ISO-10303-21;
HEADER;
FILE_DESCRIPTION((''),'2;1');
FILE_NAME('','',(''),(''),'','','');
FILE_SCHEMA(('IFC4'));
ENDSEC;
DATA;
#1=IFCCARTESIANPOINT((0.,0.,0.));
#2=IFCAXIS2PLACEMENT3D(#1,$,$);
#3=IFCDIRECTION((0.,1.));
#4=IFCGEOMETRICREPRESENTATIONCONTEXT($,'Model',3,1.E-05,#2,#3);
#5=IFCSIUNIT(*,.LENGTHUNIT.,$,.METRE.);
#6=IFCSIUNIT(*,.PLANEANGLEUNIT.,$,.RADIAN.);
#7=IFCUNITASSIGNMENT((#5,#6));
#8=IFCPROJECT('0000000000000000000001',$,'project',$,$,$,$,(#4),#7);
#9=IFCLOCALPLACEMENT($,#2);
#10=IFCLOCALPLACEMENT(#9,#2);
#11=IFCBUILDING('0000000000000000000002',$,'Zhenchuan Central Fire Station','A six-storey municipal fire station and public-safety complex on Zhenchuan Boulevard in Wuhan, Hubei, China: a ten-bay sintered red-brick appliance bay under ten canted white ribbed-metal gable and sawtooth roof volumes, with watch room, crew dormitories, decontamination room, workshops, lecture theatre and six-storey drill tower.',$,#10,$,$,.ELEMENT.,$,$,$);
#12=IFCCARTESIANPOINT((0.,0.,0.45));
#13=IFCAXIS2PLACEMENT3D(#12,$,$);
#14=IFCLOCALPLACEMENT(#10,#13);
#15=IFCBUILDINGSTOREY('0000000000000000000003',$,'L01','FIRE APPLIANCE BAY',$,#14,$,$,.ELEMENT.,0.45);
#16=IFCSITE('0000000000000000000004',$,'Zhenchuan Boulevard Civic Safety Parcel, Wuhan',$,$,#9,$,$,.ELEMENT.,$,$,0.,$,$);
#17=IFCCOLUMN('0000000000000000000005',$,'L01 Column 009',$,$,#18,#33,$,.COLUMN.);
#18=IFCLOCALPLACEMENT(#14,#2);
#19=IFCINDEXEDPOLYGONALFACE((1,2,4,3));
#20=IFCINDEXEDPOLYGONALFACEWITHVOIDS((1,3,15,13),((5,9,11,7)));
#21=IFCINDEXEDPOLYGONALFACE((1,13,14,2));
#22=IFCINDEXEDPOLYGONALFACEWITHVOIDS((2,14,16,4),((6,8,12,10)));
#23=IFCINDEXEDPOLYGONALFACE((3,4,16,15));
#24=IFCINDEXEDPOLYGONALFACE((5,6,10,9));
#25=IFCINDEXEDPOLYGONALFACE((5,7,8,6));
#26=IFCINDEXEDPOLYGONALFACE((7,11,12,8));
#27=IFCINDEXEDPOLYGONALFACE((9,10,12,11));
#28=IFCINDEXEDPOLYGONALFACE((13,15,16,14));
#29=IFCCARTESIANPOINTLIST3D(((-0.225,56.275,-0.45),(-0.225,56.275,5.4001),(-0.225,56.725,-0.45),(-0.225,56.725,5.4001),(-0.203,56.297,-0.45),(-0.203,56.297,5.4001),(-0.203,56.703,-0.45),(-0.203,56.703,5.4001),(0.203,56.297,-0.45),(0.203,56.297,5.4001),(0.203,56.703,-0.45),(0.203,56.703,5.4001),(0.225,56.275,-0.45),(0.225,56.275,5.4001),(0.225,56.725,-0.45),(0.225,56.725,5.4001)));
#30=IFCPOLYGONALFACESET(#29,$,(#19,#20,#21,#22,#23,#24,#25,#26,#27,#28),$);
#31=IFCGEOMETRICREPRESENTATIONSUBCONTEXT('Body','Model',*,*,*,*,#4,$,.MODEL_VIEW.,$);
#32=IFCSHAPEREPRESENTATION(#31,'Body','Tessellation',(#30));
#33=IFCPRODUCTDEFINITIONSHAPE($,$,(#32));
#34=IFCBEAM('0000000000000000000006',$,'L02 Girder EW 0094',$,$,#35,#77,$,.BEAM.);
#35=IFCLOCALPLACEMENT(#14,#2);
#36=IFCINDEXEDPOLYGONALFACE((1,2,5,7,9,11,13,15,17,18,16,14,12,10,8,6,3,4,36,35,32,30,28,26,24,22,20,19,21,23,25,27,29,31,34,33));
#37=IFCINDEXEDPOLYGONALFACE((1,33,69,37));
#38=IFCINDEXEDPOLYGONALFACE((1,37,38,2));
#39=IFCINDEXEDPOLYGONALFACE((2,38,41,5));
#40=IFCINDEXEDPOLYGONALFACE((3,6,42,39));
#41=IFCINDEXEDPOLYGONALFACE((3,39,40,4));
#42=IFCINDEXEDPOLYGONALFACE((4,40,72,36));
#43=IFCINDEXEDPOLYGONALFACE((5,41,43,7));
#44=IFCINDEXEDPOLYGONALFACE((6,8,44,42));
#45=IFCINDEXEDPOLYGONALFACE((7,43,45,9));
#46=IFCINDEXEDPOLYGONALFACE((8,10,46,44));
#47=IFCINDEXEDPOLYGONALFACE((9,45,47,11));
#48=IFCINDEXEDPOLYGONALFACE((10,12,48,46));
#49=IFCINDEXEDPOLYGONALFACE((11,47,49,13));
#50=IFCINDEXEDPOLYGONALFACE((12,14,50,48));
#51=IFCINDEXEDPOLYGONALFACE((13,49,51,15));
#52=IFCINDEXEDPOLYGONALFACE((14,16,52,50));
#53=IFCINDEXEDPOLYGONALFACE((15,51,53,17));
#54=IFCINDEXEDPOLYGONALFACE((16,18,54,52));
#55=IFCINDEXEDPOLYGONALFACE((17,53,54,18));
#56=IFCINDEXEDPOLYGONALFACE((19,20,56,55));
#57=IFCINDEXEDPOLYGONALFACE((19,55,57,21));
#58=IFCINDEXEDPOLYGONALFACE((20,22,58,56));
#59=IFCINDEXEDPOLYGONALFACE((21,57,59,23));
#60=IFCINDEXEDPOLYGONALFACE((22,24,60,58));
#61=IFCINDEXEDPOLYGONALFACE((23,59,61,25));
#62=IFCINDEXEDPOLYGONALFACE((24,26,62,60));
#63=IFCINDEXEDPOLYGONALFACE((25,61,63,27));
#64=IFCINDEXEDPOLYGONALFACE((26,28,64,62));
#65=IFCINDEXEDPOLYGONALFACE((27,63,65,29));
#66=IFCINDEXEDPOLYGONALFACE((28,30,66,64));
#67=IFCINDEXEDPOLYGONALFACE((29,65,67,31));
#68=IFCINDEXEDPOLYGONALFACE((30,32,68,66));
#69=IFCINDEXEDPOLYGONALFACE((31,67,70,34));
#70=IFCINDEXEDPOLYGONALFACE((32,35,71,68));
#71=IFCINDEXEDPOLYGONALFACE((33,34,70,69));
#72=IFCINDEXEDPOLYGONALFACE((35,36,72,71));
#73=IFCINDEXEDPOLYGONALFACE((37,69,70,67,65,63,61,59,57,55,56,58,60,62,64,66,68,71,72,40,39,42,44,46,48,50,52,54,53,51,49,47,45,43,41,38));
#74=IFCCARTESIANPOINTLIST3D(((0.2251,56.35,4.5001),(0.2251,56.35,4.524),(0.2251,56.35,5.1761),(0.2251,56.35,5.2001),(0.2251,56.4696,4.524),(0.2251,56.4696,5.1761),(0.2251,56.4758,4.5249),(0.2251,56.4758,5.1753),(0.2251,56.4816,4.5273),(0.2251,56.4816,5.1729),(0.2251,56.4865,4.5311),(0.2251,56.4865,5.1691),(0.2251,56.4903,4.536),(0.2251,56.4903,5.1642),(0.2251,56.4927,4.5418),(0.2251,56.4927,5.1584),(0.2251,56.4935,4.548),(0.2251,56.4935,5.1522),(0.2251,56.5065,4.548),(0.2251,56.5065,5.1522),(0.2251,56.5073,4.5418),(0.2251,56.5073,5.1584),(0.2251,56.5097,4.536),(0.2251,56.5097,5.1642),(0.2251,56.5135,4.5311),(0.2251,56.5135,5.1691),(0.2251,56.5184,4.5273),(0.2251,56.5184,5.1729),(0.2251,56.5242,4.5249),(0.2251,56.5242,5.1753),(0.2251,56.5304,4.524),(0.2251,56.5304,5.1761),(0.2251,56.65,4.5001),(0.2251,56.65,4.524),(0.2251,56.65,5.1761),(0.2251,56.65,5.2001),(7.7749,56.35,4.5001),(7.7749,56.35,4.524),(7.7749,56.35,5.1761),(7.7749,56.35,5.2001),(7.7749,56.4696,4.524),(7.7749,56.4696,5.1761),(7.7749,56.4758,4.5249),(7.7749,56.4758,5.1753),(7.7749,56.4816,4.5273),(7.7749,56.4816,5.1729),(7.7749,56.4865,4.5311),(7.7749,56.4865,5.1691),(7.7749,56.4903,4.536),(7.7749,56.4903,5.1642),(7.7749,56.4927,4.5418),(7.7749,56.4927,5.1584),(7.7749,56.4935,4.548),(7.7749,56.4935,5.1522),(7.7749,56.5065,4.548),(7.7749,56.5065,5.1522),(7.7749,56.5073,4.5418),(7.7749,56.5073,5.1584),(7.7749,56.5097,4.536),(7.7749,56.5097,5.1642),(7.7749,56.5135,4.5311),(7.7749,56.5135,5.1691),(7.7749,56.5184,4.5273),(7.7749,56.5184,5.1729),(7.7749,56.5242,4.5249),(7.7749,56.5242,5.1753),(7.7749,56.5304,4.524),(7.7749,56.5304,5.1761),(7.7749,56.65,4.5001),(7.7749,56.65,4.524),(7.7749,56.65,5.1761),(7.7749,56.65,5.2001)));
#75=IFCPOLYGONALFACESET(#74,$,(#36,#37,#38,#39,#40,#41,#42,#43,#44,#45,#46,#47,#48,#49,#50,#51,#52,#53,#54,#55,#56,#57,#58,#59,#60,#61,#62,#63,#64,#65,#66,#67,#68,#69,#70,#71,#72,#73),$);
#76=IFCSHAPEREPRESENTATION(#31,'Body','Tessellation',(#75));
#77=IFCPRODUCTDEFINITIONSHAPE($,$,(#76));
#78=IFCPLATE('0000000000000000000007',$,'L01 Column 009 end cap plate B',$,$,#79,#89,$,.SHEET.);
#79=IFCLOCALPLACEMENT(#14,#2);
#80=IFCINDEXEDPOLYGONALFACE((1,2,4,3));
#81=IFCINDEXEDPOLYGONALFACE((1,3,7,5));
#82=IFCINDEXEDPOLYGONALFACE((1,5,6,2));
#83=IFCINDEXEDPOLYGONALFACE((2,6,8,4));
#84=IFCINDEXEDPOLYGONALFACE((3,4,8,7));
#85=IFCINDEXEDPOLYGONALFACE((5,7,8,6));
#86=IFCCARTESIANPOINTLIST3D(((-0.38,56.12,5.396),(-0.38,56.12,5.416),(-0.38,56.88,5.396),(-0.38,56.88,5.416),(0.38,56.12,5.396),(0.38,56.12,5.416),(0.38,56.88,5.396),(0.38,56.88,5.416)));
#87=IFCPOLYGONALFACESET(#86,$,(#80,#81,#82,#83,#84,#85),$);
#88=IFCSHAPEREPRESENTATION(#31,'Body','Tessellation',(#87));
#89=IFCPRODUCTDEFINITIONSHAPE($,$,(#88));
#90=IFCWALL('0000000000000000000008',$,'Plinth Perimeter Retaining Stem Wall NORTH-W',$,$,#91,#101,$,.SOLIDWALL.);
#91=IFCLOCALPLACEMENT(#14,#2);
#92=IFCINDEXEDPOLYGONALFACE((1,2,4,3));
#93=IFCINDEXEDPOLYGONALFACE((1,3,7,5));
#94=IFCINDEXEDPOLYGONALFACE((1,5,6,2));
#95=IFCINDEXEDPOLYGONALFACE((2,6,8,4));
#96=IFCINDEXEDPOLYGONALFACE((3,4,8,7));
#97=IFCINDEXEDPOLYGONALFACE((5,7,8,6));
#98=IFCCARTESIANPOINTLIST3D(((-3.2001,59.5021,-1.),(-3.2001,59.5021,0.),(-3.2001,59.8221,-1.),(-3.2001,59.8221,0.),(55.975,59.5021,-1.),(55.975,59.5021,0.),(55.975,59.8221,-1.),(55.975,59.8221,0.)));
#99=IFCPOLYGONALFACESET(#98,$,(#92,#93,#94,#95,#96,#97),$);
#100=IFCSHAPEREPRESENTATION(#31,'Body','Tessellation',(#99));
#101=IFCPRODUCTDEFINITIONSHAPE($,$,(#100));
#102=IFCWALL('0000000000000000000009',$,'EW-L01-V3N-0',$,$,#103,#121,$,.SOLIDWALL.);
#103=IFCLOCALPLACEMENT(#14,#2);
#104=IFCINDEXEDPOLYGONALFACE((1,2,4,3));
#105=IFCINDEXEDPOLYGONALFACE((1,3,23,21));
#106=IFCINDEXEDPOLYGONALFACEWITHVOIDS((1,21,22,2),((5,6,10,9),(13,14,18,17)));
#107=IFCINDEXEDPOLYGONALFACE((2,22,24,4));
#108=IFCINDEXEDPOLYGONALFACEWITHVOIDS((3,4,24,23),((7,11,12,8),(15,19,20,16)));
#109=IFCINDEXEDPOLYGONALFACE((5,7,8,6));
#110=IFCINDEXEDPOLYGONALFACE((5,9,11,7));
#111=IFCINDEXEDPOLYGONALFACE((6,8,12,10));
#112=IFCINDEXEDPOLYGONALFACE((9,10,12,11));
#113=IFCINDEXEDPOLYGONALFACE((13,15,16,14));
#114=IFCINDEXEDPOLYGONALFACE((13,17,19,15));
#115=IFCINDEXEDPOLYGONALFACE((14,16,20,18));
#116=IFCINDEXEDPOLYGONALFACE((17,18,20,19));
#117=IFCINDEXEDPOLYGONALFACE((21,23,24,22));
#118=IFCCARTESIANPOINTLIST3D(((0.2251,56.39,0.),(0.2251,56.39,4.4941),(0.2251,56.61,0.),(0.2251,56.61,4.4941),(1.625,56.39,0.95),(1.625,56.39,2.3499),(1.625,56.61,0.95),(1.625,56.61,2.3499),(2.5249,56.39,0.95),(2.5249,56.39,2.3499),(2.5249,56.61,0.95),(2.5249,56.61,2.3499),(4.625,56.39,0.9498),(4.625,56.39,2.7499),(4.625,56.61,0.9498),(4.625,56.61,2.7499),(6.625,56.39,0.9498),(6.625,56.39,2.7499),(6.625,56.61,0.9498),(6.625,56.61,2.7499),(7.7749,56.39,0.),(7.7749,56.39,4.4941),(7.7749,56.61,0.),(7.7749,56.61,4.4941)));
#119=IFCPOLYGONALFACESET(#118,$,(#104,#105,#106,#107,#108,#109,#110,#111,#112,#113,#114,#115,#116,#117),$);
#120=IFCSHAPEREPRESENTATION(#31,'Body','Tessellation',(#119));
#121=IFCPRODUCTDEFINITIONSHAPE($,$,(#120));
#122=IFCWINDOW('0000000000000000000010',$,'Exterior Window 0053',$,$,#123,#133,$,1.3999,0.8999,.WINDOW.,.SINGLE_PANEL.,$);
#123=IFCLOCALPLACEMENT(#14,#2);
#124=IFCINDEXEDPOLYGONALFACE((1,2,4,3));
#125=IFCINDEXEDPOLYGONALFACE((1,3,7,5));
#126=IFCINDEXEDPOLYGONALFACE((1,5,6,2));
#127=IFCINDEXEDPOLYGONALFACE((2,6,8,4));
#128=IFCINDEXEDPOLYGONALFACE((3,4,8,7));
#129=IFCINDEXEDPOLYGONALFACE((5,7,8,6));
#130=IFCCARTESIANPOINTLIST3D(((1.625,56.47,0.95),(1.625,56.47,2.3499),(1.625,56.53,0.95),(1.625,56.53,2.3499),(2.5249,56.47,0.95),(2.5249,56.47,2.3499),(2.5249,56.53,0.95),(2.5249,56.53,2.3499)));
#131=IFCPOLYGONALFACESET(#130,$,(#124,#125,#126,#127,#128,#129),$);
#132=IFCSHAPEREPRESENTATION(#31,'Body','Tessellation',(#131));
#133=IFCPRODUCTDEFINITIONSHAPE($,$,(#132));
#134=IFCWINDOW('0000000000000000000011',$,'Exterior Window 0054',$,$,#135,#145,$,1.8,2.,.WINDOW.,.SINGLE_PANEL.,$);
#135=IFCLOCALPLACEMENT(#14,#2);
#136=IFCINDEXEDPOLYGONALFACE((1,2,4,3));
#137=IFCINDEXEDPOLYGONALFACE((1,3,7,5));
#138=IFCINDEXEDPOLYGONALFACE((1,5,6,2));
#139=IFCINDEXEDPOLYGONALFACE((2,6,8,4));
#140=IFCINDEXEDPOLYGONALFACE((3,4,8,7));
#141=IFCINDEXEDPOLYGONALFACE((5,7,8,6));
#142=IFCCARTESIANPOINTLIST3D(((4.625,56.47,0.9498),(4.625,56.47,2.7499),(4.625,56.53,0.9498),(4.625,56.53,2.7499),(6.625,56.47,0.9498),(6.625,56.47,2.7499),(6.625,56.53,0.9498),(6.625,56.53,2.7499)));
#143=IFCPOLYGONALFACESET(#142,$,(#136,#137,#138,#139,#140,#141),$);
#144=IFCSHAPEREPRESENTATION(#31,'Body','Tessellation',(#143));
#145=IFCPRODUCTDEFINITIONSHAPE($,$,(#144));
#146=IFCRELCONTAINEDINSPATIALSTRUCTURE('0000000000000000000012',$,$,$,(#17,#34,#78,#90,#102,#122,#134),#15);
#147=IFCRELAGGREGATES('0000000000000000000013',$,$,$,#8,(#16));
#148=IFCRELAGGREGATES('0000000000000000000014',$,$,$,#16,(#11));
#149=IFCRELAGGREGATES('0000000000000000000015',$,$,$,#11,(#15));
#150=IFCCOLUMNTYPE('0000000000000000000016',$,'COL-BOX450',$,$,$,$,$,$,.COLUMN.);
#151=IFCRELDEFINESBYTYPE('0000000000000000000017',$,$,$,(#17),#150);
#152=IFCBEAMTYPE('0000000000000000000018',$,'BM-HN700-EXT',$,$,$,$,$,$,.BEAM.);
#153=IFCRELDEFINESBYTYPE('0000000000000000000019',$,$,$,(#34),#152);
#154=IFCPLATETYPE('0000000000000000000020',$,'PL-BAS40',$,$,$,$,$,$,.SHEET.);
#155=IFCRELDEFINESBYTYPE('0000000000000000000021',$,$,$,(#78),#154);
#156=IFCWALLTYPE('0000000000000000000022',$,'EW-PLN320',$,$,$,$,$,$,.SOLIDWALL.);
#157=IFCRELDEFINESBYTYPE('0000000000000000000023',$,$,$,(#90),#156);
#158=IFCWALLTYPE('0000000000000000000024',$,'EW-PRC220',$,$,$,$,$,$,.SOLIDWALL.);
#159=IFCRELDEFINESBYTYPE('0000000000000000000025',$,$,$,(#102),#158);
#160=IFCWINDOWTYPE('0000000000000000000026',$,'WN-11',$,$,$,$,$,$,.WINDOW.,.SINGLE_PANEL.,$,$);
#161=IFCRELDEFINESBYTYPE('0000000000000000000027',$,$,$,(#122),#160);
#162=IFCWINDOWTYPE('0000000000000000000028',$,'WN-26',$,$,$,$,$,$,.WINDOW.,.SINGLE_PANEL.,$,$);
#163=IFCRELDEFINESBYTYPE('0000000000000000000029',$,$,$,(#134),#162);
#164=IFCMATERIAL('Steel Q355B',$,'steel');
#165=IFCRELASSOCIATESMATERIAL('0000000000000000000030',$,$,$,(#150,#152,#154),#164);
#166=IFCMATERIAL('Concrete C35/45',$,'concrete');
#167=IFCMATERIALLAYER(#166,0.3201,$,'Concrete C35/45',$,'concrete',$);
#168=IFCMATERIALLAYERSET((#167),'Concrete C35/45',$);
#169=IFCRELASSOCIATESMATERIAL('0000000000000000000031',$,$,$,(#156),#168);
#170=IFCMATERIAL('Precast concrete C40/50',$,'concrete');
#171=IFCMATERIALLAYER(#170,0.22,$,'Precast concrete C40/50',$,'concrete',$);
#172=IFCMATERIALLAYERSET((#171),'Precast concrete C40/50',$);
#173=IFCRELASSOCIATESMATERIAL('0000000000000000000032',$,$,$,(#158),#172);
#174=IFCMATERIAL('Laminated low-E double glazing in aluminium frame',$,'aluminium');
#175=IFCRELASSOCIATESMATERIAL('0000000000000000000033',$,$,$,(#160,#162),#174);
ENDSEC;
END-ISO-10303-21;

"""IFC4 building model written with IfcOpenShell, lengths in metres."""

from ifc_helpers import new_model, si_unit, direction, frame, frame_2d, origin, origin_2d, place, context, subcontext, project, spatial, rectangle, hollow_rectangle, i_section, extrude, material, layer, layer_set, material_profile, profile_set, type_object, element, fill, save


model = new_model("IFC4")

# Units and contexts
model_context = context("Model", 3, precision=1e-05, world=origin(), true_north=direction((0.0, 1.0)))
body_context = subcontext(model_context, "Body", "Model", "MODEL_VIEW")
ifc_project = project(units=[si_unit("LENGTHUNIT", "METRE"), si_unit("PLANEANGLEUNIT", "RADIAN")], contexts=[model_context])

# Site, building, storey
site_placement = place(None, origin())
site = spatial("IfcSite", under=ifc_project, at=site_placement, Name="Zhenchuan Boulevard Civic Safety Parcel, Wuhan", CompositionType="ELEMENT", RefElevation=0.0)
building_placement = place(site_placement, origin())
building = spatial("IfcBuilding", under=site, at=building_placement, Name="Zhenchuan Central Fire Station", Description="A six-storey municipal fire station and public-safety complex on Zhenchuan Boulevard in Wuhan, Hubei, China: a ten-bay sintered red-brick appliance bay under ten canted white ribbed-metal gable and sawtooth roof volumes, with watch room, crew dormitories, decontamination room, workshops, lecture theatre and six-storey drill tower.", CompositionType="ELEMENT")
storey_placement = place(building_placement, frame((0.0, 0.0, 0.45)))
storey = spatial("IfcBuildingStorey", under=building, at=storey_placement, Name="L01", Description="FIRE APPLIANCE BAY", CompositionType="ELEMENT", Elevation=0.45)

# Shared definitions
ifc_material_1 = material(Name="Concrete C35/45", Category="concrete")

# Column
ifc_material_2 = material(Name="Steel Q355B", Category="steel")
ifc_material_profile_1 = material_profile(ifc_material_2, hollow_rectangle(XDim=0.45, YDim=0.45, WallThickness=0.022, at=origin_2d()), Name="BOX 450x450x22")
ifc_profile_set_1 = profile_set([ifc_material_profile_1], Name="Steel Q355B")
column_type = type_object("IfcColumnType", Name="COL-BOX450", PredefinedType="COLUMN", material=ifc_profile_set_1)
column_placement = place(storey_placement, frame((0.0, 56.5, -0.45), z_axis=(0.0, 0.0, 1.0), x_axis=(1.0, 0.0, 0.0)))
element("IfcColumn", 1, at=column_placement, inside=storey, type_object=column_type, Name="L01 Column 009", PredefinedType="COLUMN", context=body_context, shape_type="SweptSolid", body=[
    extrude(hollow_rectangle(XDim=0.45, YDim=0.45, WallThickness=0.022, at=origin_2d()), origin(), (0.0, 0.0, 1.0), 5.8501),
])

# Beam
ifc_material_profile_2 = material_profile(ifc_material_2, i_section(OverallWidth=0.3, OverallDepth=0.7, WebThickness=0.0129, FlangeThickness=0.0239, FilletRadius=0.0239, at=origin_2d()), Name="HN 700x300")
ifc_profile_set_2 = profile_set([ifc_material_profile_2], Name="Steel Q355B")
beam_type = type_object("IfcBeamType", Name="BM-HN700-EXT", PredefinedType="BEAM", material=ifc_profile_set_2)
beam_placement = place(storey_placement, frame((0.2251, 56.5, 4.8501), z_axis=(1.0, 0.0, 0.0), x_axis=(0.0, 1.0, 0.0)))
element("IfcBeam", 2, at=beam_placement, inside=storey, type_object=beam_type, Name="L02 Girder EW 0094", PredefinedType="BEAM", context=body_context, shape_type="SweptSolid", body=[
    extrude(i_section(OverallWidth=0.3, OverallDepth=0.7, WebThickness=0.0129, FlangeThickness=0.0239, FilletRadius=0.0239, at=origin_2d()), origin(), (0.0, 0.0, 1.0), 7.5498),
])

# Plate
ifc_material_profile_3 = material_profile(ifc_material_2, rectangle(XDim=0.76, YDim=0.76, at=origin_2d()), Name="PL 760x760x40")
ifc_profile_set_3 = profile_set([ifc_material_profile_3], Name="Steel Q355B")
plate_type = type_object("IfcPlateType", Name="PL-BAS40", PredefinedType="SHEET", material=ifc_profile_set_3)
plate_placement = place(storey_placement, frame((0.0, 56.5, 5.396), z_axis=(0.0, 0.0, 1.0), x_axis=(1.0, 0.0, 0.0)))
element("IfcPlate", 3, at=plate_placement, inside=storey, type_object=plate_type, Name="L01 Column 009 end cap plate B", PredefinedType="SHEET", context=body_context, shape_type="SweptSolid", body=[
    extrude(rectangle(XDim=0.76, YDim=0.76, at=origin_2d()), origin(), (0.0, 0.0, 1.0), 0.02),
])

# Wall
ifc_layer_1 = layer(ifc_material_1, 0.3201, Name="Concrete C35/45", Category="concrete")
ifc_layer_set_1 = layer_set([ifc_layer_1], Name="Concrete C35/45")
wall_type_1 = type_object("IfcWallType", Name="EW-PLN320", PredefinedType="SOLIDWALL", material=ifc_layer_set_1)
wall_1_placement = place(storey_placement, frame((-3.2, 59.6621, -1.0), z_axis=(0.0, 0.0, 1.0), x_axis=(1.0, 0.0, 0.0)))
element("IfcWall", 4, at=wall_1_placement, inside=storey, type_object=wall_type_1, Name="Plinth Perimeter Retaining Stem Wall NORTH-W", PredefinedType="SOLIDWALL", context=body_context, shape_type="SweptSolid", body=[
    extrude(rectangle(XDim=59.175, YDim=0.3201, at=frame_2d((29.5874, 0.0))), origin(), (0.0, 0.0, 1.0), 1.0),
])

# Wall, openings, windows
ifc_material_3 = material(Name="Precast concrete C40/50", Category="concrete")
ifc_layer_2 = layer(ifc_material_3, 0.22, Name="Precast concrete C40/50", Category="concrete")
ifc_layer_set_2 = layer_set([ifc_layer_2], Name="Precast concrete C40/50")
wall_type_2 = type_object("IfcWallType", Name="EW-PRC220", PredefinedType="SOLIDWALL", material=ifc_layer_set_2)
wall_2_placement = place(storey_placement, frame((0.2251, 56.5, 0.0), z_axis=(0.0, 0.0, 1.0), x_axis=(1.0, 0.0, 0.0)))
wall_2 = element("IfcWall", 5, at=wall_2_placement, inside=storey, type_object=wall_type_2, Name="EW-L01-V3N-0", PredefinedType="SOLIDWALL", context=body_context, shape_type="SweptSolid", body=[
    extrude(rectangle(XDim=7.5498, YDim=0.22, at=frame_2d((3.7749, 0.0))), origin(), (0.0, 0.0, 1.0), 4.4941),
])
opening_1_placement = place(wall_2_placement, frame((1.3999, 0.0, 0.95)))
opening_1 = element("IfcOpeningElement", 6, at=opening_1_placement, cuts=wall_2, PredefinedType="OPENING", context=body_context, shape_type="SweptSolid", body=[
    extrude(rectangle(XDim=0.8999, YDim=1.3999, at=frame_2d((0.45, 0.7))), frame((0.0, 0.1199, 0.0), z_axis=(0.0, -1.0, 0.0), x_axis=(1.0, 0.0, 0.0)), (0.0, 0.0, 1.0), 0.24),
])
opening_2_placement = place(wall_2_placement, frame((4.3999, 0.0, 0.95)))
opening_2 = element("IfcOpeningElement", 7, at=opening_2_placement, cuts=wall_2, PredefinedType="OPENING", context=body_context, shape_type="SweptSolid", body=[
    extrude(rectangle(XDim=2.0, YDim=1.8, at=frame_2d((1.0, 0.8999))), frame((0.0, 0.1199, 0.0), z_axis=(0.0, -1.0, 0.0), x_axis=(1.0, 0.0, 0.0)), (0.0, 0.0, 1.0), 0.24),
])
ifc_material_4 = material(Name="Laminated low-E double glazing in aluminium frame", Category="aluminium")
window_type_1 = type_object("IfcWindowType", Name="WN-11", PartitioningType="SINGLE_PANEL", PredefinedType="WINDOW", material=ifc_material_4)
window_1_placement = place(opening_1_placement, origin())
window_1 = element("IfcWindow", 8, at=window_1_placement, inside=storey, type_object=window_type_1, Name="Exterior Window 0053", OverallHeight=1.3999, OverallWidth=0.8999, PartitioningType="SINGLE_PANEL", PredefinedType="WINDOW", context=body_context, shape_type="SweptSolid", body=[
    extrude(rectangle(XDim=0.8999, YDim=1.3999, at=frame_2d((0.45, 0.7))), frame((0.0, 0.03, 0.0), z_axis=(0.0, -1.0, 0.0), x_axis=(1.0, 0.0, 0.0)), (0.0, 0.0, 1.0), 0.0601),
])
fill(opening_1, window_1)
window_type_2 = type_object("IfcWindowType", Name="WN-26", PartitioningType="SINGLE_PANEL", PredefinedType="WINDOW", material=ifc_material_4)
window_2_placement = place(opening_2_placement, origin())
window_2 = element("IfcWindow", 9, at=window_2_placement, inside=storey, type_object=window_type_2, Name="Exterior Window 0054", OverallHeight=1.8, OverallWidth=2.0, PartitioningType="SINGLE_PANEL", PredefinedType="WINDOW", context=body_context, shape_type="SweptSolid", body=[
    extrude(rectangle(XDim=2.0, YDim=1.8, at=frame_2d((1.0, 0.8999))), frame((0.0, 0.03, 0.0), z_axis=(0.0, -1.0, 0.0), x_axis=(1.0, 0.0, 0.0)), (0.0, 0.0, 1.0), 0.0601),
])
fill(opening_2, window_2)

save(model, "model.ifc")
